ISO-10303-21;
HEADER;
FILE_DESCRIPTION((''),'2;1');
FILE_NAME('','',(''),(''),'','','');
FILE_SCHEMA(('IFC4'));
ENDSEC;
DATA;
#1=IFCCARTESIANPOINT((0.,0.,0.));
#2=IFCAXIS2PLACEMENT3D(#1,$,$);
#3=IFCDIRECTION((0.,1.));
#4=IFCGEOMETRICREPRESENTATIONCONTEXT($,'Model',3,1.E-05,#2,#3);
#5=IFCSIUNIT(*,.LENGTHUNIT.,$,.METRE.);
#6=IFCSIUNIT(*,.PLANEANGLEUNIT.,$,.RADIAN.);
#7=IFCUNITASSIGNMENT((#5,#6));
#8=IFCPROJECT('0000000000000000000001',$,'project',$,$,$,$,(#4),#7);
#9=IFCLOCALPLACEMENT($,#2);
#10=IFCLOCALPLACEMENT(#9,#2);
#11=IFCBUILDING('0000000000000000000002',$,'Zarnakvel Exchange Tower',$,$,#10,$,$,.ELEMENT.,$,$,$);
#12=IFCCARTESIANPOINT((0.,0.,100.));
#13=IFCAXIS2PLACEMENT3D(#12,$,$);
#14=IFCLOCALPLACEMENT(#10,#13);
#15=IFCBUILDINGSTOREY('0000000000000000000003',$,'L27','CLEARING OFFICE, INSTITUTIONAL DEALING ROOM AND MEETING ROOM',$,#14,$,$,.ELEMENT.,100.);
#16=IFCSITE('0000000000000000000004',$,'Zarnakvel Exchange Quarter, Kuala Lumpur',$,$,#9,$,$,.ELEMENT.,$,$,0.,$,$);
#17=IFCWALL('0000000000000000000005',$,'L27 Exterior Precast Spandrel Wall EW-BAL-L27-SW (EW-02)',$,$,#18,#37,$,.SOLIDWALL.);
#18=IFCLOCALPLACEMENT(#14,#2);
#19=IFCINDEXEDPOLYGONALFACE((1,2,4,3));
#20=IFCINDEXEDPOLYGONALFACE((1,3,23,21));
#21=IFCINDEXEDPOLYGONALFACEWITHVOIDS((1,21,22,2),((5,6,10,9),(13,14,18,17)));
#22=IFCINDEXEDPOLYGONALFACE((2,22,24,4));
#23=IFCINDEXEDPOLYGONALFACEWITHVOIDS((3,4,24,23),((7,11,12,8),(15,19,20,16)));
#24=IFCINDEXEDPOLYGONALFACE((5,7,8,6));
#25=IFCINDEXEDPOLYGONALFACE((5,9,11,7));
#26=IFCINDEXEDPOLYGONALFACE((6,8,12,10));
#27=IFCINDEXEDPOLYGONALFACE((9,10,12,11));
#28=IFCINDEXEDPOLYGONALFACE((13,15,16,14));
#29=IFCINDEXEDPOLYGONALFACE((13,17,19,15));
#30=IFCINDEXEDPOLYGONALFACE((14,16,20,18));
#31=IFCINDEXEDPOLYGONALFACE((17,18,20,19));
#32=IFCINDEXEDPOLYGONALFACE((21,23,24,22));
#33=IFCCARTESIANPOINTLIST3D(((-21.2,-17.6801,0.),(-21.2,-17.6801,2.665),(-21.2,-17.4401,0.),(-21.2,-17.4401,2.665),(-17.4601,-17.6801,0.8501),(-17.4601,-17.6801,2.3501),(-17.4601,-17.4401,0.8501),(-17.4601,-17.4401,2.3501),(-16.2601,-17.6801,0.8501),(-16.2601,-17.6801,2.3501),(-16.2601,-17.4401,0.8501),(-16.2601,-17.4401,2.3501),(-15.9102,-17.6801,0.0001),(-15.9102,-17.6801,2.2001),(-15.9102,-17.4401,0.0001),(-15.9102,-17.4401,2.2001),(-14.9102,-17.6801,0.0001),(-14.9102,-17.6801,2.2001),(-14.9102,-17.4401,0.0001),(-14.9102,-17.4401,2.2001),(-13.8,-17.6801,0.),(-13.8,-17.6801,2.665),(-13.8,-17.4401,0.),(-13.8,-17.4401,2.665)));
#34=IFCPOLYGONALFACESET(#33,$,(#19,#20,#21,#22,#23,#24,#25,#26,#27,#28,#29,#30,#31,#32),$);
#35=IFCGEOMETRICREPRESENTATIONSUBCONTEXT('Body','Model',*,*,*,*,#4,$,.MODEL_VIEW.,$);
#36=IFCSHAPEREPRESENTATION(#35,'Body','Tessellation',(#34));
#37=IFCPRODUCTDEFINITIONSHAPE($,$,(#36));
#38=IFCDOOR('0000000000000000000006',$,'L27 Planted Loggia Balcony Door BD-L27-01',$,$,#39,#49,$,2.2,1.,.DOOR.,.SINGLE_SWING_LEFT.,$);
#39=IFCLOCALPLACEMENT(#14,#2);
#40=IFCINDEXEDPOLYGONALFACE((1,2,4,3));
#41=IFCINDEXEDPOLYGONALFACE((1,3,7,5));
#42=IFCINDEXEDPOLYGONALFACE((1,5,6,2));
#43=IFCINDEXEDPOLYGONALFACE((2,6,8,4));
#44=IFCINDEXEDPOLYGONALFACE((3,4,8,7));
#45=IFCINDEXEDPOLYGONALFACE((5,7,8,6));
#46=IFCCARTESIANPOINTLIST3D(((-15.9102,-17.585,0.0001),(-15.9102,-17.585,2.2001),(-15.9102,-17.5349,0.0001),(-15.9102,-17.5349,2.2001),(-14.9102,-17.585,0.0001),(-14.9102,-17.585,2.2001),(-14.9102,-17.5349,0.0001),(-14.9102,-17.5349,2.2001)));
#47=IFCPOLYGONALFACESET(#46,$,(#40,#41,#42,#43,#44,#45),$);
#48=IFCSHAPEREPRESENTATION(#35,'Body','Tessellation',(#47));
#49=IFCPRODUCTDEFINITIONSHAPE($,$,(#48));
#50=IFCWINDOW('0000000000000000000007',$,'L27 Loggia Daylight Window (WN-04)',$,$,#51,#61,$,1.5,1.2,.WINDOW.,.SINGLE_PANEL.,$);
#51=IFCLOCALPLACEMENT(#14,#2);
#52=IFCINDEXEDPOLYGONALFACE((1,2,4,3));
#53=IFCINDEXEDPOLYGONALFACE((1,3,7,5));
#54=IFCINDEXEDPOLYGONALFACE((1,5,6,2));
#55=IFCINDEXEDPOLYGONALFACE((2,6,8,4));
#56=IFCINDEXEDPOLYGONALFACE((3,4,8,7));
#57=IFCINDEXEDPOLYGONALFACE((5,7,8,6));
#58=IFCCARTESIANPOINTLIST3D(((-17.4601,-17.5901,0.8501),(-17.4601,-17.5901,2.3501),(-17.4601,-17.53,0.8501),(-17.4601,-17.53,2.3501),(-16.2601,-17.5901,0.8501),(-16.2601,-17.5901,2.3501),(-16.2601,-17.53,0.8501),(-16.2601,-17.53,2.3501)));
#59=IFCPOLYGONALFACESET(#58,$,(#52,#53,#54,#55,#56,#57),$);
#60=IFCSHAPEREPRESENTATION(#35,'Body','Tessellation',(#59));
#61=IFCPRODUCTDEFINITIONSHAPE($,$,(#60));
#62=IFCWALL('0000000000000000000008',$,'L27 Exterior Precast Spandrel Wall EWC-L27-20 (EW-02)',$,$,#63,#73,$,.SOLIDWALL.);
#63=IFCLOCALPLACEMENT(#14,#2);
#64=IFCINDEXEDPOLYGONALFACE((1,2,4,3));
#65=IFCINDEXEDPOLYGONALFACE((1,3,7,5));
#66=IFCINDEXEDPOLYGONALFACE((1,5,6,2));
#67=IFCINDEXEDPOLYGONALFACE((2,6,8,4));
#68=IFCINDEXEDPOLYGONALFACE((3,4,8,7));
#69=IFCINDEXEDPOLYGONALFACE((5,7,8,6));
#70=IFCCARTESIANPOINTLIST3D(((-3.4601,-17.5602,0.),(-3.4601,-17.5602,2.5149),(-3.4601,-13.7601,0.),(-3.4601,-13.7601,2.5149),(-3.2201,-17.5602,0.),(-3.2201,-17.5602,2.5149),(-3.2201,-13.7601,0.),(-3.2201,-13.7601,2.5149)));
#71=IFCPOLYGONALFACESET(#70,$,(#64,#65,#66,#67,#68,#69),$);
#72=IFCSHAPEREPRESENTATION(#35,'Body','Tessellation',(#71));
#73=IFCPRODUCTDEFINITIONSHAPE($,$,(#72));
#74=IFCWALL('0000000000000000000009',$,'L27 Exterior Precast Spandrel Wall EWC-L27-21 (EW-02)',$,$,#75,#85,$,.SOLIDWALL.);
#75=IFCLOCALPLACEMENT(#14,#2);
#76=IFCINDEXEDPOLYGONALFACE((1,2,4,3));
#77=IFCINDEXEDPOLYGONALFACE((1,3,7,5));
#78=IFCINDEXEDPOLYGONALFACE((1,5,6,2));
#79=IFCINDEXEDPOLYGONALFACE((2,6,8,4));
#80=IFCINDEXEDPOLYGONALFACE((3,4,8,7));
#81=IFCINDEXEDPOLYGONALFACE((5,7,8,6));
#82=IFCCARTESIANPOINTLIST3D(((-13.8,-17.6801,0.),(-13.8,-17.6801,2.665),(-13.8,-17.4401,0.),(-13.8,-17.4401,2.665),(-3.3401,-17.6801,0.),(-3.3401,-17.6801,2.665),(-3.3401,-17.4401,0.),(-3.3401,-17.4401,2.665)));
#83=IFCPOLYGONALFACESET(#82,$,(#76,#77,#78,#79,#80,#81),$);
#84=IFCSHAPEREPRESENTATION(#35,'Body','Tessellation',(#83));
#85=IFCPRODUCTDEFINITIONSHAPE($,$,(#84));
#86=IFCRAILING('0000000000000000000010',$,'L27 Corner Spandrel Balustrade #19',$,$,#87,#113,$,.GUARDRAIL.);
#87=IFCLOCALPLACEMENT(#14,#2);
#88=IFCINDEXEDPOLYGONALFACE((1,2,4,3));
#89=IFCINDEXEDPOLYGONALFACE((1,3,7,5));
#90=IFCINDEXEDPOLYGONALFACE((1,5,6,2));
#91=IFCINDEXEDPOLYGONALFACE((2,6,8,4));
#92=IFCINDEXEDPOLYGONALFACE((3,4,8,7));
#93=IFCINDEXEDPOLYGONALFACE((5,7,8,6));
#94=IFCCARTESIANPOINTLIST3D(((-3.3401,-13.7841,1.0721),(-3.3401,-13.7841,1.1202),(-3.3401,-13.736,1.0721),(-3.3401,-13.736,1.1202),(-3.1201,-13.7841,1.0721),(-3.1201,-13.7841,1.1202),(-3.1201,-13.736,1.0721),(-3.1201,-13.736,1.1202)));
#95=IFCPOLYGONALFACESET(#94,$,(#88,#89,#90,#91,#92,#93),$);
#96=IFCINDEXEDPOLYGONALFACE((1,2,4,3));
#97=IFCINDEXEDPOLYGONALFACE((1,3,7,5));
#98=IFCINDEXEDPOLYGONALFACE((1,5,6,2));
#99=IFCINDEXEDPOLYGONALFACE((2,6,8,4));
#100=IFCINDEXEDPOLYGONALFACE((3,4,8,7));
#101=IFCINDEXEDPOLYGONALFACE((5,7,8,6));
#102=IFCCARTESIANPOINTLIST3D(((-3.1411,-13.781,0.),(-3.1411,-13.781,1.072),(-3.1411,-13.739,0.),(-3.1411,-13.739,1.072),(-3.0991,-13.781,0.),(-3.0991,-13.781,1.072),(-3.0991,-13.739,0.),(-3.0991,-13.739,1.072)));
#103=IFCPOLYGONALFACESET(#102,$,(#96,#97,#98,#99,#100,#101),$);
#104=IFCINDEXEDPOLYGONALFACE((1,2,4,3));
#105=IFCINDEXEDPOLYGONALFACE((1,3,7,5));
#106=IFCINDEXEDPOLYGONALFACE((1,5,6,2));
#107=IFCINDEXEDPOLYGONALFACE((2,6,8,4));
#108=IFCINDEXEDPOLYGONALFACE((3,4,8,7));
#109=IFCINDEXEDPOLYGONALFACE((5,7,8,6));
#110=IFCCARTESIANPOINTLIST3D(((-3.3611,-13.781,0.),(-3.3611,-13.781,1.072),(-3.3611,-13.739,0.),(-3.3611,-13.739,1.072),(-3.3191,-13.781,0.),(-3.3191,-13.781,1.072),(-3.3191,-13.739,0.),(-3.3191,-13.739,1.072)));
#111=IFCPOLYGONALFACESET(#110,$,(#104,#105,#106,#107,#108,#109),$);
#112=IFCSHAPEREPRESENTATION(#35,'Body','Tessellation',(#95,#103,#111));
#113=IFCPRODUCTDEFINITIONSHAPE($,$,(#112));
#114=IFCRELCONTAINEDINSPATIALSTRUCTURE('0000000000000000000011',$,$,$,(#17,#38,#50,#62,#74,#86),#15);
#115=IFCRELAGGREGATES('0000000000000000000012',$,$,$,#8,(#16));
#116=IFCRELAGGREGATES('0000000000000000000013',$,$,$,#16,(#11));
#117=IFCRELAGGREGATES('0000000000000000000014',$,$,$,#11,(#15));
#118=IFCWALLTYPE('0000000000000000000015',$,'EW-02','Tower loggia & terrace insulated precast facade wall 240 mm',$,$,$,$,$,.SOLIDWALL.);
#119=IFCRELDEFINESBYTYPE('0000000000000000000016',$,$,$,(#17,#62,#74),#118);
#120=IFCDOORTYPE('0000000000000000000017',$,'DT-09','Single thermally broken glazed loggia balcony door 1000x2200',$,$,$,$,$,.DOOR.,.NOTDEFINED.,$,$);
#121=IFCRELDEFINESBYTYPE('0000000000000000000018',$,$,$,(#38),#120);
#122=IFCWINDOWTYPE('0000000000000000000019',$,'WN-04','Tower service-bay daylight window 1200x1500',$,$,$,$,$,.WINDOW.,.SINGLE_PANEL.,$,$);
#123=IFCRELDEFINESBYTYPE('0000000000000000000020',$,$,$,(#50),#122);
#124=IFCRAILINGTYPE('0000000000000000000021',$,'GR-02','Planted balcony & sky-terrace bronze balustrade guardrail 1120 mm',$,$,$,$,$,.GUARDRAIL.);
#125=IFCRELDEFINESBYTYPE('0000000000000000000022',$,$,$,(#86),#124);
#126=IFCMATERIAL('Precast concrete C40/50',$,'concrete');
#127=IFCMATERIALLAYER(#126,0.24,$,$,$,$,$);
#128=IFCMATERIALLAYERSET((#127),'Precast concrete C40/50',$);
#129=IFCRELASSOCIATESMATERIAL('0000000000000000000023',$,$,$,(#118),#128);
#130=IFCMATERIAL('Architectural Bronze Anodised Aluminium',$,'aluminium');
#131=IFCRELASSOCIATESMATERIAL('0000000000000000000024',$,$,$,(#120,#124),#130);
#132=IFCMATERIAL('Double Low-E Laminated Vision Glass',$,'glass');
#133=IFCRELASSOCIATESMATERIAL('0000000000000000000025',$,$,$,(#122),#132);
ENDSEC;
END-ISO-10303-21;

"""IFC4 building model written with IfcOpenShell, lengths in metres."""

from ifc_helpers import new_model, si_unit, direction, frame, frame_2d, origin, origin_2d, place, context, subcontext, project, spatial, rectangle, extrude, source, transform, mapped, material, layer, layer_set, type_object, element, fill, save


model = new_model("IFC4")

# Units and contexts
model_context = context("Model", 3, precision=1e-05, world=origin(), true_north=direction((0.0, 1.0)))
body_context = subcontext(model_context, "Body", "Model", "MODEL_VIEW")
ifc_project = project(units=[si_unit("LENGTHUNIT", "METRE"), si_unit("PLANEANGLEUNIT", "RADIAN")], contexts=[model_context])

# Site, building, storey
site_placement = place(None, origin())
site = spatial("IfcSite", under=ifc_project, at=site_placement, Name="Zarnakvel Exchange Quarter, Kuala Lumpur", CompositionType="ELEMENT", RefElevation=0.0)
building_placement = place(site_placement, origin())
building = spatial("IfcBuilding", under=site, at=building_placement, Name="Zarnakvel Exchange Tower", CompositionType="ELEMENT")
storey_placement = place(building_placement, frame((0.0, 0.0, 100.0)))
storey = spatial("IfcBuildingStorey", under=building, at=storey_placement, Name="L27", Description="CLEARING OFFICE, INSTITUTIONAL DEALING ROOM AND MEETING ROOM", CompositionType="ELEMENT", Elevation=100.0)

# Shared definitions
ifc_material_1 = material(Name="Architectural Bronze Anodised Aluminium", Category="aluminium")

# Shared definitions
ifc_material_2 = material(Name="Double Low-E Laminated Vision Glass", Category="glass")

# Wall, openings, door, window
ifc_material_3 = material(Name="Precast concrete C40/50", Category="concrete")
ifc_layer_1 = layer(ifc_material_3, 0.24)
ifc_layer_set_1 = layer_set([ifc_layer_1], Name="Precast concrete C40/50")
wall_type = type_object("IfcWallType", Name="EW-02", Description="Tower loggia & terrace insulated precast facade wall 240 mm", PredefinedType="SOLIDWALL", material=ifc_layer_set_1)
wall_1_placement = place(storey_placement, frame((-13.8, -17.5601, 0.0), z_axis=(0.0, 0.0, 1.0), x_axis=(-1.0, 0.0, 0.0)))
wall_1 = element("IfcWall", 1, at=wall_1_placement, inside=storey, type_object=wall_type, Name="L27 Exterior Precast Spandrel Wall EW-BAL-L27-SW (EW-02)", PredefinedType="SOLIDWALL", context=body_context, shape_type="SweptSolid", body=[
    extrude(rectangle(XDim=7.3999, YDim=0.24, at=frame_2d((3.7, 0.0))), origin(), (0.0, 0.0, 1.0), 2.665),
])
opening_1_placement = place(wall_1_placement, frame((1.1101, 0.0, 0.0)))
opening_1 = element("IfcOpeningElement", 2, at=opening_1_placement, cuts=wall_1, PredefinedType="OPENING", context=body_context, shape_type="SweptSolid", body=[
    extrude(rectangle(XDim=1.0, YDim=2.2, at=frame_2d((0.5, 1.1001))), frame((0.0, 0.1299, 0.0), z_axis=(0.0, -1.0, 0.0), x_axis=(1.0, 0.0, 0.0)), (0.0, 0.0, 1.0), 0.26),
])
opening_2_placement = place(wall_1_placement, frame((2.46, 0.0, 0.8501)))
opening_2 = element("IfcOpeningElement", 3, at=opening_2_placement, cuts=wall_1, PredefinedType="OPENING", context=body_context, shape_type="SweptSolid", body=[
    extrude(rectangle(XDim=1.2, YDim=1.5, at=frame_2d((0.6001, 0.75))), frame((0.0, 0.1299, 0.0), z_axis=(0.0, -1.0, 0.0), x_axis=(1.0, 0.0, 0.0)), (0.0, 0.0, 1.0), 0.26),
])
door_type = type_object("IfcDoorType", Name="DT-09", Description="Single thermally broken glazed loggia balcony door 1000x2200", OperationType="NOTDEFINED", PredefinedType="DOOR", material=ifc_material_1)
shared_shape_1 = source(origin(), body_context, "Body", "SweptSolid", [
    extrude(rectangle(XDim=1.0, YDim=2.2, at=frame_2d((0.5, 1.1001))), frame((0.0, 0.0249, 0.0), z_axis=(0.0, -1.0, 0.0), x_axis=(1.0, 0.0, 0.0)), (0.0, 0.0, 1.0), 0.05),
])
door_placement = place(opening_1_placement, origin())
door = element("IfcDoor", 4, at=door_placement, inside=storey, type_object=door_type, Name="L27 Planted Loggia Balcony Door BD-L27-01", OperationType="SINGLE_SWING_LEFT", OverallHeight=2.2, OverallWidth=1.0, PredefinedType="DOOR", context=body_context, shape_type="MappedRepresentation", body=[
    mapped(shared_shape_1, transform((0.0, 0.0, 0.0), x_axis=(1.0, 0.0, 0.0), y_axis=(0.0, 1.0, 0.0), z_axis=(0.0, 0.0, 1.0), scale=1.0)),
])
fill(opening_1, door)
window_type = type_object("IfcWindowType", Name="WN-04", Description="Tower service-bay daylight window 1200x1500", PartitioningType="SINGLE_PANEL", PredefinedType="WINDOW", material=ifc_material_2)
shared_shape_2 = source(origin(), body_context, "Body", "SweptSolid", [
    extrude(rectangle(XDim=1.2, YDim=1.5, at=frame_2d((0.6001, 0.75))), frame((0.0, 0.03, 0.0), z_axis=(0.0, -1.0, 0.0), x_axis=(1.0, 0.0, 0.0)), (0.0, 0.0, 1.0), 0.0601),
])
window_placement = place(opening_2_placement, origin())
window = element("IfcWindow", 5, at=window_placement, inside=storey, type_object=window_type, Name="L27 Loggia Daylight Window (WN-04)", OverallHeight=1.5, OverallWidth=1.2, PartitioningType="SINGLE_PANEL", PredefinedType="WINDOW", context=body_context, shape_type="MappedRepresentation", body=[
    mapped(shared_shape_2, transform((0.0, 0.0, 0.0), x_axis=(1.0, 0.0, 0.0), y_axis=(0.0, 1.0, 0.0), z_axis=(0.0, 0.0, 1.0), scale=1.0)),
])
fill(opening_2, window)

# Walls
wall_2_placement = place(storey_placement, frame((-3.3401, -17.5601, 0.0), z_axis=(0.0, 0.0, 1.0), x_axis=(0.0, 1.0, 0.0)))
element("IfcWall", 6, at=wall_2_placement, inside=storey, type_object=wall_type, Name="L27 Exterior Precast Spandrel Wall EWC-L27-20 (EW-02)", PredefinedType="SOLIDWALL", context=body_context, shape_type="SweptSolid", body=[
    extrude(rectangle(XDim=3.8, YDim=0.24, at=frame_2d((1.8999, 0.0))), origin(), (0.0, 0.0, 1.0), 2.5149),
])
wall_3_placement = place(storey_placement, frame((-13.8, -17.5601, 0.0), z_axis=(0.0, 0.0, 1.0), x_axis=(1.0, 0.0, 0.0)))
element("IfcWall", 7, at=wall_3_placement, inside=storey, type_object=wall_type, Name="L27 Exterior Precast Spandrel Wall EWC-L27-21 (EW-02)", PredefinedType="SOLIDWALL", context=body_context, shape_type="SweptSolid", body=[
    extrude(rectangle(XDim=10.46, YDim=0.24, at=frame_2d((5.23, 0.0))), origin(), (0.0, 0.0, 1.0), 2.665),
])

# Railing
railing_type = type_object("IfcRailingType", Name="GR-02", Description="Planted balcony & sky-terrace bronze balustrade guardrail 1120 mm", PredefinedType="GUARDRAIL", material=ifc_material_1)
railing_placement = place(storey_placement, frame((-3.1201, -13.76, 0.0)))
element("IfcRailing", 8, at=railing_placement, inside=storey, type_object=railing_type, Name="L27 Corner Spandrel Balustrade #19", PredefinedType="GUARDRAIL", context=body_context, shape_type="SweptSolid", body=[
    extrude(rectangle(XDim=0.0481, YDim=0.0481, at=origin_2d()), frame((0.0, 0.0, 1.0962), z_axis=(-1.0, 0.0, 0.0), x_axis=(0.0, -1.0, 0.0)), (0.0, 0.0, 1.0), 0.22),
    extrude(rectangle(XDim=0.042, YDim=0.042, at=origin_2d()), origin(), (0.0, 0.0, 1.0), 1.072),
    extrude(rectangle(XDim=0.042, YDim=0.042, at=origin_2d()), frame((-0.22, 0.0, 0.0)), (0.0, 0.0, 1.0), 1.072),
])

save(model, "model.ifc")
